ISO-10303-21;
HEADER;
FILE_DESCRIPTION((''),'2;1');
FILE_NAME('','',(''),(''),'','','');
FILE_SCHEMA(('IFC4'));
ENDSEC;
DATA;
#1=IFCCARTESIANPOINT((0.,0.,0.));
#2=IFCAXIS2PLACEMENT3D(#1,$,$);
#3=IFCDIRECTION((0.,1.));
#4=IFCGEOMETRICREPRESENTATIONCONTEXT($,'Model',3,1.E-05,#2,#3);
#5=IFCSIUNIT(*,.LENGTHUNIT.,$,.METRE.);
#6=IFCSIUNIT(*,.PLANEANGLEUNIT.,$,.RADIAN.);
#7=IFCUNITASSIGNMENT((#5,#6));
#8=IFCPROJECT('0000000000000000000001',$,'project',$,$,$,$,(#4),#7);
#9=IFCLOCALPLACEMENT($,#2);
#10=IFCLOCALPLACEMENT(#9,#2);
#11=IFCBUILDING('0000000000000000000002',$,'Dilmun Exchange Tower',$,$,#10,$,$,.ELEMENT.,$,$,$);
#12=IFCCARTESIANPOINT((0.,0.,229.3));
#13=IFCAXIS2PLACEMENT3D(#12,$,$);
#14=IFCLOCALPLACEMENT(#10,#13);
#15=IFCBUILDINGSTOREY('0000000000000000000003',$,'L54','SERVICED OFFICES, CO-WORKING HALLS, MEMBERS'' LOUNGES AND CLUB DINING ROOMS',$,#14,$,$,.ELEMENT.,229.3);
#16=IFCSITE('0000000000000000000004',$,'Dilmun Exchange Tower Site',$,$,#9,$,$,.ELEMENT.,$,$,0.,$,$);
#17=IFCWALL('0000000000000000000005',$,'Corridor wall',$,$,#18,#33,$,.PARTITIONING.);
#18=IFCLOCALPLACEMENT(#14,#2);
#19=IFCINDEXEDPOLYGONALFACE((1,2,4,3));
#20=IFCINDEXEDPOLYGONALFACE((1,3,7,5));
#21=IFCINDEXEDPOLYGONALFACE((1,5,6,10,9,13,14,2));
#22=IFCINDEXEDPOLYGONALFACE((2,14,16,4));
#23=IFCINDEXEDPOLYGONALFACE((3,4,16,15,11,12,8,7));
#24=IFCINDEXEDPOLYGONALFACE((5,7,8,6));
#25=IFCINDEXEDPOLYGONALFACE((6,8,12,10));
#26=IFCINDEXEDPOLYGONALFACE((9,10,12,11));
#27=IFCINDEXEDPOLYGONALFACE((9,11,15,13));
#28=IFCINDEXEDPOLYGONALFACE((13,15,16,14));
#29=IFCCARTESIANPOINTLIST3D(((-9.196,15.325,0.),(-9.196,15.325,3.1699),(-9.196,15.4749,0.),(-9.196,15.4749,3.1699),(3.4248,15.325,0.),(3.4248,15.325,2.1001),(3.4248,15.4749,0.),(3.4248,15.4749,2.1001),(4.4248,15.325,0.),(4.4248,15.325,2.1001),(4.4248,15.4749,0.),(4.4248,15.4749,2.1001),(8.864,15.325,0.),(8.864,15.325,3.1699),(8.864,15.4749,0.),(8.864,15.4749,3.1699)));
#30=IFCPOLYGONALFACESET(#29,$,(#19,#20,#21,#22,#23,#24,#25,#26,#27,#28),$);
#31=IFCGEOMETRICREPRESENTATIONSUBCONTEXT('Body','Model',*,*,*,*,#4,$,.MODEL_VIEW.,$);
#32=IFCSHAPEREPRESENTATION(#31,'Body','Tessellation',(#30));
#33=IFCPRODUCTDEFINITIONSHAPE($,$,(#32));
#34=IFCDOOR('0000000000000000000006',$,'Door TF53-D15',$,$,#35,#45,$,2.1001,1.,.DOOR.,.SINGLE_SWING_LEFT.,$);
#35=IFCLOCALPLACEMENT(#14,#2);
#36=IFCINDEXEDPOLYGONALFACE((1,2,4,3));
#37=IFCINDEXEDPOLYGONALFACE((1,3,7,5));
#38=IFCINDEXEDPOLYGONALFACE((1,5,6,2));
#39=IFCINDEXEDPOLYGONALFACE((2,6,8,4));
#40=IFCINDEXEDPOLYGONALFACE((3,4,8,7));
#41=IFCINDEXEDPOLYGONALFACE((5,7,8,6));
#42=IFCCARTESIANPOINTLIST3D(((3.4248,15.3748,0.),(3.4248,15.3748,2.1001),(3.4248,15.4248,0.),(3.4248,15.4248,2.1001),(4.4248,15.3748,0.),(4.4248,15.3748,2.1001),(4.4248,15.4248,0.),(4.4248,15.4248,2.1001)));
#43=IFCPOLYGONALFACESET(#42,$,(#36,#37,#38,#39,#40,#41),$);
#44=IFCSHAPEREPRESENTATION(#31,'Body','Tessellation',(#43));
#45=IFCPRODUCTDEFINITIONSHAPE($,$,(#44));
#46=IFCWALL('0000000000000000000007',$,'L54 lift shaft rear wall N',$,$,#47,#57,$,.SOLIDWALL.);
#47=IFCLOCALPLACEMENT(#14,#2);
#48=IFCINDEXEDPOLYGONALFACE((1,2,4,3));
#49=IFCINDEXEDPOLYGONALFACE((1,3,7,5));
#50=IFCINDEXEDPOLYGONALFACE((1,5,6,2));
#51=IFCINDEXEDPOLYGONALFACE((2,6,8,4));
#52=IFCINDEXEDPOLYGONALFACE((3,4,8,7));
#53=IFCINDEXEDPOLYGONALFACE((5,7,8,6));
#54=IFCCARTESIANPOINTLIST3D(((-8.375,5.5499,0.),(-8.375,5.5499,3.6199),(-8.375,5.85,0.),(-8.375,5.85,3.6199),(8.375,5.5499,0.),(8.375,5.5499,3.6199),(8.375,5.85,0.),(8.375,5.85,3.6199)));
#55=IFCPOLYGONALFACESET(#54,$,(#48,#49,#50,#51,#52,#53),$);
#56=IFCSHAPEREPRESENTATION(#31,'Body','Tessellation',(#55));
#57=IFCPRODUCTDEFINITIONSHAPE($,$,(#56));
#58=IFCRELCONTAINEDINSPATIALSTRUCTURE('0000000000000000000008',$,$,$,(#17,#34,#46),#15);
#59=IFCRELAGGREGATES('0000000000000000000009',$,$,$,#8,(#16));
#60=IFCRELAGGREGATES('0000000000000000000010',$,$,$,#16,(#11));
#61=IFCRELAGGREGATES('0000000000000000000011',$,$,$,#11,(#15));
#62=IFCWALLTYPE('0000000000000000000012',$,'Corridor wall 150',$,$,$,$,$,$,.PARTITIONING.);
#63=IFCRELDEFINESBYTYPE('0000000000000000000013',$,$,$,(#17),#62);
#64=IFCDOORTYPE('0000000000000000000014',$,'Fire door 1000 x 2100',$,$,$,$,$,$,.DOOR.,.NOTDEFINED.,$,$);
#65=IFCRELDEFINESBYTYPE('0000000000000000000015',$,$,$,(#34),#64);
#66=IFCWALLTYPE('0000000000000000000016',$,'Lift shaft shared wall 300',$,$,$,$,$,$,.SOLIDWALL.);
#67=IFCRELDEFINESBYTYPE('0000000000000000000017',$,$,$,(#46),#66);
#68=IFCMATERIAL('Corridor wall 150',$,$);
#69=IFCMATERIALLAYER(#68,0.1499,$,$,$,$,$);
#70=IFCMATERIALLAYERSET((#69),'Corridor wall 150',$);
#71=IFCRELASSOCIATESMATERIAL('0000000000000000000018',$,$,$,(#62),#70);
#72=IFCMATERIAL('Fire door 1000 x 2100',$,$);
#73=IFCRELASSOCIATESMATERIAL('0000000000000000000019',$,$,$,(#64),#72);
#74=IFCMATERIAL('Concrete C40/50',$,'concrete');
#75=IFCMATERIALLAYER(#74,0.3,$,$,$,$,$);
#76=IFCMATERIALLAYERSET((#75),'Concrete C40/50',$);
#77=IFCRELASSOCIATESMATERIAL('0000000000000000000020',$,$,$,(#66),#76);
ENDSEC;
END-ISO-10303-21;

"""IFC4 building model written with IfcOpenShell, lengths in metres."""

from ifc_helpers import new_model, si_unit, direction, frame, frame_2d, origin, place, context, subcontext, project, spatial, rectangle, extrude, material, layer, layer_set, type_object, element, fill, save


model = new_model("IFC4")

# Units and contexts
model_context = context("Model", 3, precision=1e-05, world=origin(), true_north=direction((0.0, 1.0)))
body_context = subcontext(model_context, "Body", "Model", "MODEL_VIEW")
ifc_project = project(units=[si_unit("LENGTHUNIT", "METRE"), si_unit("PLANEANGLEUNIT", "RADIAN")], contexts=[model_context])

# Site, building, storey
site_placement = place(None, origin())
site = spatial("IfcSite", under=ifc_project, at=site_placement, Name="Dilmun Exchange Tower Site", CompositionType="ELEMENT", RefElevation=0.0)
building_placement = place(site_placement, origin())
building = spatial("IfcBuilding", under=site, at=building_placement, Name="Dilmun Exchange Tower", CompositionType="ELEMENT")
storey_placement = place(building_placement, frame((0.0, 0.0, 229.3)))
storey = spatial("IfcBuildingStorey", under=building, at=storey_placement, Name="L54", Description="SERVICED OFFICES, CO-WORKING HALLS, MEMBERS' LOUNGES AND CLUB DINING ROOMS", CompositionType="ELEMENT", Elevation=229.3)

# Shared definitions
ifc_material_1 = material(Name="Concrete C40/50", Category="concrete")

# Wall, opening, door
ifc_material_2 = material(Name="Corridor wall 150")
ifc_layer_1 = layer(ifc_material_2, 0.1499)
ifc_layer_set_1 = layer_set([ifc_layer_1], Name="Corridor wall 150")
wall_type_1 = type_object("IfcWallType", Name="Corridor wall 150", PredefinedType="PARTITIONING", material=ifc_layer_set_1)
wall_1_placement = place(storey_placement, frame((-9.196, 15.3999, 0.0), z_axis=(0.0, 0.0, 1.0), x_axis=(1.0, 0.0, 0.0)))
wall_1 = element("IfcWall", 1, at=wall_1_placement, inside=storey, type_object=wall_type_1, Name="Corridor wall", PredefinedType="PARTITIONING", context=body_context, shape_type="SweptSolid", body=[
    extrude(rectangle(XDim=18.0601, YDim=0.1499, at=frame_2d((9.03, 0.0))), origin(), (0.0, 0.0, 1.0), 3.1699),
])
opening_1_placement = place(wall_1_placement, frame((12.6208, 0.0, 0.0)))
opening_1 = element("IfcOpeningElement", 2, at=opening_1_placement, cuts=wall_1, PredefinedType="OPENING", context=body_context, shape_type="SweptSolid", body=[
    extrude(rectangle(XDim=1.0, YDim=2.1001, at=frame_2d((0.5, 1.05))), frame((0.0, 0.085, 0.0), z_axis=(0.0, -1.0, 0.0), x_axis=(1.0, 0.0, 0.0)), (0.0, 0.0, 1.0), 0.1699),
])
ifc_material_3 = material(Name="Fire door 1000 x 2100")
door_type_1 = type_object("IfcDoorType", Name="Fire door 1000 x 2100", OperationType="NOTDEFINED", PredefinedType="DOOR", material=ifc_material_3)
door_1_placement = place(opening_1_placement, origin())
door_1 = element("IfcDoor", 3, at=door_1_placement, inside=storey, type_object=door_type_1, Name="Door TF53-D15", OperationType="SINGLE_SWING_LEFT", OverallHeight=2.1001, OverallWidth=1.0, PredefinedType="DOOR", context=body_context, shape_type="SweptSolid", body=[
    extrude(rectangle(XDim=1.0, YDim=2.1001, at=frame_2d((0.5, 1.05))), frame((0.0, 0.0249, 0.0), z_axis=(0.0, -1.0, 0.0), x_axis=(1.0, 0.0, 0.0)), (0.0, 0.0, 1.0), 0.05),
])
fill(opening_1, door_1)

# Wall
ifc_layer_2 = layer(ifc_material_1, 0.3)
ifc_layer_set_2 = layer_set([ifc_layer_2], Name="Concrete C40/50")
wall_type_2 = type_object("IfcWallType", Name="Lift shaft shared wall 300", PredefinedType="SOLIDWALL", material=ifc_layer_set_2)
wall_2_placement = place(storey_placement, frame((-8.375, 5.7, 0.0), z_axis=(0.0, 0.0, 1.0), x_axis=(1.0, 0.0, 0.0)))
element("IfcWall", 4, at=wall_2_placement, inside=storey, type_object=wall_type_2, Name="L54 lift shaft rear wall N", PredefinedType="SOLIDWALL", context=body_context, shape_type="SweptSolid", body=[
    extrude(rectangle(XDim=16.75, YDim=0.3, at=frame_2d((8.375, 0.0))), origin(), (0.0, 0.0, 1.0), 3.6199),
])

save(model, "model.ifc")
